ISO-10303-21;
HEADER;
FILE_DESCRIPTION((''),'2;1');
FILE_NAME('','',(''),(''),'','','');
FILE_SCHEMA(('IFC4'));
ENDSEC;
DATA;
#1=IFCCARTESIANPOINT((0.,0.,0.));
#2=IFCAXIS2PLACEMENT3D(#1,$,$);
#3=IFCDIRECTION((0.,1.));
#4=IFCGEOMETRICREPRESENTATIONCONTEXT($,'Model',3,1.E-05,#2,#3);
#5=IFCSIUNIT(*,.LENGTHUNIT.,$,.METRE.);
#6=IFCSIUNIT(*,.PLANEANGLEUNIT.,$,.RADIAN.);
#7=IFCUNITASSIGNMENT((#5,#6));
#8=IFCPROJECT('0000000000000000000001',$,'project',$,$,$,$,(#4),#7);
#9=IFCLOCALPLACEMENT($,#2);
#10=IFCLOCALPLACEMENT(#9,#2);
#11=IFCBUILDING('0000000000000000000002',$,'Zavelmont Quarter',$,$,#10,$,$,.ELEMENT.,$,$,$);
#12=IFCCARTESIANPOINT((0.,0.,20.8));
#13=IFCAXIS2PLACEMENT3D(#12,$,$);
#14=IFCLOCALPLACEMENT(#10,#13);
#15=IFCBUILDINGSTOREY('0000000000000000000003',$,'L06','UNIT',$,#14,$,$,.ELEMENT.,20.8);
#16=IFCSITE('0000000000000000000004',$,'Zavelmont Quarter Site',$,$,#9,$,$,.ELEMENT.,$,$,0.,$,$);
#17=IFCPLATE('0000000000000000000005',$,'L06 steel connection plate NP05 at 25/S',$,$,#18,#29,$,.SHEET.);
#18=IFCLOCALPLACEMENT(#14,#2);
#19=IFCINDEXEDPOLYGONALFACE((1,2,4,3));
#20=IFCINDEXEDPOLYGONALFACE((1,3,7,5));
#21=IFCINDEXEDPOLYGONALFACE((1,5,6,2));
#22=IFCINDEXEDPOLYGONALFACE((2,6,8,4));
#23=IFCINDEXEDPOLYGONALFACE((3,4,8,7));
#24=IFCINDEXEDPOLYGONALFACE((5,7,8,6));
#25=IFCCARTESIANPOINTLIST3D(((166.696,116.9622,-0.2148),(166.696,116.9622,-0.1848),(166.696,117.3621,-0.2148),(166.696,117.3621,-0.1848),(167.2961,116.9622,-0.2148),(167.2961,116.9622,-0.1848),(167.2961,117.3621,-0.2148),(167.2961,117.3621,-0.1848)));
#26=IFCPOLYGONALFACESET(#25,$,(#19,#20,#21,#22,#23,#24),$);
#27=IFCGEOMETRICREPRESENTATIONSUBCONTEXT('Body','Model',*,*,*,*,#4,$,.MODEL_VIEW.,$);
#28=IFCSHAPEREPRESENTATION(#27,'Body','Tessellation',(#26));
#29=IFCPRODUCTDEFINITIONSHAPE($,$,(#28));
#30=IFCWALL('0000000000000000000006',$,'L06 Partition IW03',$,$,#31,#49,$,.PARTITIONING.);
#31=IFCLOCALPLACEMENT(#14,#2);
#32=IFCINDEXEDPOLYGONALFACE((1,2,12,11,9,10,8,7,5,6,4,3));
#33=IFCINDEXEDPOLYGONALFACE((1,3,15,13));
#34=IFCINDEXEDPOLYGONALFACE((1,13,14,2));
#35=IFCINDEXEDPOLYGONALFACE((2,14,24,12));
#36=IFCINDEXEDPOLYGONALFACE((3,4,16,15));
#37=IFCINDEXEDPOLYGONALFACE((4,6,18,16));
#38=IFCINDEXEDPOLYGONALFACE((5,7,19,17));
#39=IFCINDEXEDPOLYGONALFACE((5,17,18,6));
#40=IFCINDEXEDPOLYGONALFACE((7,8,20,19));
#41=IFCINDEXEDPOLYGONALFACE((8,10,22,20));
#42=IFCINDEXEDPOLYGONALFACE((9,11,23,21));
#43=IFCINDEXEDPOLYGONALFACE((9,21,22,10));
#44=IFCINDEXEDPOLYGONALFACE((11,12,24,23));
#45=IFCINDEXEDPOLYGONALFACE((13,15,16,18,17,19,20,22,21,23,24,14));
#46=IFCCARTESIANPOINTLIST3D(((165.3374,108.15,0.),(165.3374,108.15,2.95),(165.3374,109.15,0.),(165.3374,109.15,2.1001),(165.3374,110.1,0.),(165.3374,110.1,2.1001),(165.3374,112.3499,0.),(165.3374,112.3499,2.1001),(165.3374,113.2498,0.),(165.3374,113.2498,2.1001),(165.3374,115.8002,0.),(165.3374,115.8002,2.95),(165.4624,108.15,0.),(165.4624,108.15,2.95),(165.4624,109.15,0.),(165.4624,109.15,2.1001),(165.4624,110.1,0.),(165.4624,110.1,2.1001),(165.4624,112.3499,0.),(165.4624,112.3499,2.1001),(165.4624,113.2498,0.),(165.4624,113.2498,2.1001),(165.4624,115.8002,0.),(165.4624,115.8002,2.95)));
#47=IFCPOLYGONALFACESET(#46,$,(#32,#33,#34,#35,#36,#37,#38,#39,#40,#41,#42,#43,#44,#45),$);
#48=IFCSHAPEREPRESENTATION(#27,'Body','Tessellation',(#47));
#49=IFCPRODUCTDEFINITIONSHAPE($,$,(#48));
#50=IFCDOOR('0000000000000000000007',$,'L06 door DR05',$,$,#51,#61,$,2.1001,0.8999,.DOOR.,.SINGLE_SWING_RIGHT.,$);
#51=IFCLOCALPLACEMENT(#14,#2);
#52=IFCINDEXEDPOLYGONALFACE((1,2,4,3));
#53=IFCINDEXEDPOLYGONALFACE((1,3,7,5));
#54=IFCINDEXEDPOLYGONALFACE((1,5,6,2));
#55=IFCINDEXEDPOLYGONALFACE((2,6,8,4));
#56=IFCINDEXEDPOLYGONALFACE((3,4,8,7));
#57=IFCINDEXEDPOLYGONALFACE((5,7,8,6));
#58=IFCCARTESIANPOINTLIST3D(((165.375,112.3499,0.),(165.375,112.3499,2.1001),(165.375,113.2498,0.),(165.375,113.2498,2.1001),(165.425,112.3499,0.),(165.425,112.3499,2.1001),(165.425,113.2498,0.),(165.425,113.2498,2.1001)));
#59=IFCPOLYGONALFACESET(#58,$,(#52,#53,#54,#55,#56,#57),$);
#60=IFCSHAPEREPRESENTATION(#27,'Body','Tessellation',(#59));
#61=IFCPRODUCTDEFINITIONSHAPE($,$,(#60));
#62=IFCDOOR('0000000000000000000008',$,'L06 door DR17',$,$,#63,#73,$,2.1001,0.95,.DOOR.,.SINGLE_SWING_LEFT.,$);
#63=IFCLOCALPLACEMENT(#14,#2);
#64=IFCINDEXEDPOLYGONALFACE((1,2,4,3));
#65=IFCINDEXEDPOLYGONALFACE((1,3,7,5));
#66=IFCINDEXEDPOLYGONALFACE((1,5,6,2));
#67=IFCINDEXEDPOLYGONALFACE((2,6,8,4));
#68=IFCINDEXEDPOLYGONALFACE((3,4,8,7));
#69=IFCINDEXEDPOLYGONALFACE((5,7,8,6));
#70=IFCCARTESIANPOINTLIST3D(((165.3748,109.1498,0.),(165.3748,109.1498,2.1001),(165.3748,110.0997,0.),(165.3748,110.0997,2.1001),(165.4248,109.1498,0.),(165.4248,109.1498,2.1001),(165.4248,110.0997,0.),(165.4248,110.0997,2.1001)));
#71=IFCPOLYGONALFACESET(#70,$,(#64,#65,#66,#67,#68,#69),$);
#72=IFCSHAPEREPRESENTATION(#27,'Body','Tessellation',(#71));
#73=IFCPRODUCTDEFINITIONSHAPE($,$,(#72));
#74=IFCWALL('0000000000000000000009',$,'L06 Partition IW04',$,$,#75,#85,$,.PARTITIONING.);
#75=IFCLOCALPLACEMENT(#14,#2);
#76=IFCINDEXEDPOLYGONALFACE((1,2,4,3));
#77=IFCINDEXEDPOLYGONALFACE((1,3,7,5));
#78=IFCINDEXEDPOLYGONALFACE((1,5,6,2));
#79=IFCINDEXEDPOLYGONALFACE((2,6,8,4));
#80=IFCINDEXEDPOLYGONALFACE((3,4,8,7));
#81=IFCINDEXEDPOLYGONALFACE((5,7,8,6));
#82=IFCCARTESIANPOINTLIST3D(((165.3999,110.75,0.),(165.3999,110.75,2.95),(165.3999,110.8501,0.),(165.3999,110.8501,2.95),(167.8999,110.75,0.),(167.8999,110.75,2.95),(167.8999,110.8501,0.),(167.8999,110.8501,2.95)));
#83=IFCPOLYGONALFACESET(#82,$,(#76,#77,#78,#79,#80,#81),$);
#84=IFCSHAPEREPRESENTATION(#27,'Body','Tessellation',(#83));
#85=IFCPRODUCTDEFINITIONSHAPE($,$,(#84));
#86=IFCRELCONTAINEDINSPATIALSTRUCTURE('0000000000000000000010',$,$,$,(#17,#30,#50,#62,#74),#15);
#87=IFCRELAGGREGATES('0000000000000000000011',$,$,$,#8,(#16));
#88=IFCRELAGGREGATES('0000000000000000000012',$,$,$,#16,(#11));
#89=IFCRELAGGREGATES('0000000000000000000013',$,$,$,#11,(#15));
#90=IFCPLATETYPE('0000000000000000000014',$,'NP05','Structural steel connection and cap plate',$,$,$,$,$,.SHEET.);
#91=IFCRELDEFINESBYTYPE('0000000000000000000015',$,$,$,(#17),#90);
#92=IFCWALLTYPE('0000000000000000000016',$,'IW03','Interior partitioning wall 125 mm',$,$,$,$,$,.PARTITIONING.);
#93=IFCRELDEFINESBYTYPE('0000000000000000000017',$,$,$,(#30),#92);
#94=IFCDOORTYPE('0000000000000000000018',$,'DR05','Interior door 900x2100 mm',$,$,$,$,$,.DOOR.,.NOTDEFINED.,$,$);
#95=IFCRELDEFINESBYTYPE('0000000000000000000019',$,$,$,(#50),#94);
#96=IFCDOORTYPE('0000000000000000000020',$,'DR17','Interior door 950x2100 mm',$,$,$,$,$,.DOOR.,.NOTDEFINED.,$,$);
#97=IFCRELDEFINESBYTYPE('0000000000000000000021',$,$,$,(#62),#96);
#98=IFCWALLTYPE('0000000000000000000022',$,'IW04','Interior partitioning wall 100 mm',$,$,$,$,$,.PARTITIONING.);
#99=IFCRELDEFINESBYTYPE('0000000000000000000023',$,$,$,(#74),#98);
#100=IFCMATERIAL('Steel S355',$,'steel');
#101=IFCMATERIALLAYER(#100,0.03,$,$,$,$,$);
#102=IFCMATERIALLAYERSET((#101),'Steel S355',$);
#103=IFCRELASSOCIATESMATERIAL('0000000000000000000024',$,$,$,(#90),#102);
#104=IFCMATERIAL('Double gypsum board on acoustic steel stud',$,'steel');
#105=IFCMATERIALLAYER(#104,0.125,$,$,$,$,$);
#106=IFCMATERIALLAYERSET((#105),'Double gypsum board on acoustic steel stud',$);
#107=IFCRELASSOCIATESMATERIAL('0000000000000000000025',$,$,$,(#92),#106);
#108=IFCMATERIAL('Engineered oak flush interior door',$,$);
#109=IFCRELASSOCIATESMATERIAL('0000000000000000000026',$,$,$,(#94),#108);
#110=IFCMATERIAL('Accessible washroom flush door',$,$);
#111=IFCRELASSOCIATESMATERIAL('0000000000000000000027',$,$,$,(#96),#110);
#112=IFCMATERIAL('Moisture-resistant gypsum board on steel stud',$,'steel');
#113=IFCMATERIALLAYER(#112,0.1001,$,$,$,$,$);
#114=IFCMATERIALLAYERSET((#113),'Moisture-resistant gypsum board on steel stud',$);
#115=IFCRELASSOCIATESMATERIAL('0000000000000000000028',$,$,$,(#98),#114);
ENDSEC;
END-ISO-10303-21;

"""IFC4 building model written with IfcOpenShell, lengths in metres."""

from ifc_helpers import new_model, si_unit, direction, frame, frame_2d, origin, origin_with_axes, origin_2d, place, context, subcontext, project, spatial, rectangle, extrude, material, layer, layer_set, type_object, element, fill, save


model = new_model("IFC4")

# Units and contexts
model_context = context("Model", 3, precision=1e-05, world=origin(), true_north=direction((0.0, 1.0)))
body_context = subcontext(model_context, "Body", "Model", "MODEL_VIEW")
ifc_project = project(units=[si_unit("LENGTHUNIT", "METRE"), si_unit("PLANEANGLEUNIT", "RADIAN")], contexts=[model_context])

# Site, building, storey
site_placement = place(None, origin())
site = spatial("IfcSite", under=ifc_project, at=site_placement, Name="Zavelmont Quarter Site", CompositionType="ELEMENT", RefElevation=0.0)
building_placement = place(site_placement, origin())
building = spatial("IfcBuilding", under=site, at=building_placement, Name="Zavelmont Quarter", CompositionType="ELEMENT")
storey_placement = place(building_placement, frame((0.0, 0.0, 20.8)))
storey = spatial("IfcBuildingStorey", under=building, at=storey_placement, Name="L06", Description="UNIT", CompositionType="ELEMENT", Elevation=20.8)

# Shared definitions
ifc_material_1 = material(Name="Steel S355", Category="steel")

# Plate
ifc_layer_1 = layer(ifc_material_1, 0.03)
ifc_layer_set_1 = layer_set([ifc_layer_1], Name="Steel S355")
plate_type = type_object("IfcPlateType", Name="NP05", Description="Structural steel connection and cap plate", PredefinedType="SHEET", material=ifc_layer_set_1)
plate_placement = place(storey_placement, frame((166.9961, 117.1621, -0.2148), z_axis=(0.0, 0.0, 1.0), x_axis=(1.0, 0.0, 0.0)))
element("IfcPlate", 1, at=plate_placement, inside=storey, type_object=plate_type, Name="L06 steel connection plate NP05 at 25/S", PredefinedType="SHEET", context=body_context, shape_type="SweptSolid", body=[
    extrude(rectangle(XDim=0.6001, YDim=0.3999, at=origin_2d()), origin(), (0.0, 0.0, 1.0), 0.03),
])

# Wall, openings, doors
ifc_material_2 = material(Name="Double gypsum board on acoustic steel stud", Category="steel")
ifc_layer_2 = layer(ifc_material_2, 0.125)
ifc_layer_set_2 = layer_set([ifc_layer_2], Name="Double gypsum board on acoustic steel stud")
wall_type_1 = type_object("IfcWallType", Name="IW03", Description="Interior partitioning wall 125 mm", PredefinedType="PARTITIONING", material=ifc_layer_set_2)
wall_1_placement = place(storey_placement, frame((165.3999, 108.1499, 0.0), z_axis=(0.0, 0.0, 1.0), x_axis=(0.0, 1.0, 0.0)))
wall_1 = element("IfcWall", 2, at=wall_1_placement, inside=storey, type_object=wall_type_1, Name="L06 Partition IW03", PredefinedType="PARTITIONING", context=body_context, shape_type="SweptSolid", body=[
    extrude(rectangle(XDim=7.6501, YDim=0.125, at=frame_2d((3.8252, 0.0))), origin(), (0.0, 0.0, 1.0), 2.95),
])
opening_1_placement = place(wall_1_placement, frame((1.0, 0.0, 0.0)))
opening_1 = element("IfcOpeningElement", 3, at=opening_1_placement, cuts=wall_1, PredefinedType="OPENING", context=body_context, shape_type="SweptSolid", body=[
    extrude(rectangle(XDim=0.95, YDim=2.1001, at=frame_2d((0.4751, 1.05))), frame((0.0, 0.0745, 0.0), z_axis=(0.0, -1.0, 0.0), x_axis=(1.0, 0.0, 0.0)), (0.0, 0.0, 1.0), 0.1489),
])
opening_2_placement = place(wall_1_placement, frame((4.2, 0.0, 0.0)))
opening_2 = element("IfcOpeningElement", 4, at=opening_2_placement, cuts=wall_1, PredefinedType="OPENING", context=body_context, shape_type="SweptSolid", body=[
    extrude(rectangle(XDim=0.8999, YDim=2.1001, at=frame_2d((0.45, 1.05))), frame((0.0, 0.0745, 0.0), z_axis=(0.0, -1.0, 0.0), x_axis=(1.0, 0.0, 0.0)), (0.0, 0.0, 1.0), 0.1489),
])
ifc_material_3 = material(Name="Engineered oak flush interior door")
door_type_1 = type_object("IfcDoorType", Name="DR05", Description="Interior door 900x2100 mm", OperationType="NOTDEFINED", PredefinedType="DOOR", material=ifc_material_3)
door_1_placement = place(opening_2_placement, origin_with_axes())
door_1 = element("IfcDoor", 5, at=door_1_placement, inside=storey, type_object=door_type_1, Name="L06 door DR05", OperationType="SINGLE_SWING_RIGHT", OverallHeight=2.1001, OverallWidth=0.8999, PredefinedType="DOOR", context=body_context, shape_type="SweptSolid", body=[
    extrude(rectangle(XDim=0.8999, YDim=2.1001, at=frame_2d((0.45, 1.05))), frame((0.0, 0.0249, 0.0), z_axis=(0.0, -1.0, 0.0), x_axis=(1.0, 0.0, 0.0)), (0.0, 0.0, 1.0), 0.05),
])
fill(opening_2, door_1)
ifc_material_4 = material(Name="Accessible washroom flush door")
door_type_2 = type_object("IfcDoorType", Name="DR17", Description="Interior door 950x2100 mm", OperationType="NOTDEFINED", PredefinedType="DOOR", material=ifc_material_4)
door_2_placement = place(opening_1_placement, frame((0.95, 0.0, 0.0), z_axis=(0.0, 0.0, 1.0), x_axis=(-1.0, 0.0, 0.0)))
door_2 = element("IfcDoor", 6, at=door_2_placement, inside=storey, type_object=door_type_2, Name="L06 door DR17", OperationType="SINGLE_SWING_LEFT", OverallHeight=2.1001, OverallWidth=0.95, PredefinedType="DOOR", context=body_context, shape_type="SweptSolid", body=[
    extrude(rectangle(XDim=0.95, YDim=2.1001, at=frame_2d((0.4751, 1.05))), frame((0.0, 0.0249, 0.0), z_axis=(0.0, -1.0, 0.0), x_axis=(1.0, 0.0, 0.0)), (0.0, 0.0, 1.0), 0.05),
])
fill(opening_1, door_2)

# Wall
ifc_material_5 = material(Name="Moisture-resistant gypsum board on steel stud", Category="steel")
ifc_layer_3 = layer(ifc_material_5, 0.1001)
ifc_layer_set_3 = layer_set([ifc_layer_3], Name="Moisture-resistant gypsum board on steel stud")
wall_type_2 = type_object("IfcWallType", Name="IW04", Description="Interior partitioning wall 100 mm", PredefinedType="PARTITIONING", material=ifc_layer_set_3)
wall_2_placement = place(storey_placement, frame((165.3999, 110.8, 0.0), z_axis=(0.0, 0.0, 1.0), x_axis=(1.0, 0.0, 0.0)))
element("IfcWall", 7, at=wall_2_placement, inside=storey, type_object=wall_type_2, Name="L06 Partition IW04", PredefinedType="PARTITIONING", context=body_context, shape_type="SweptSolid", body=[
    extrude(rectangle(XDim=2.5, YDim=0.1001, at=frame_2d((1.25, 0.0))), origin(), (0.0, 0.0, 1.0), 2.95),
])

save(model, "model.ifc")
